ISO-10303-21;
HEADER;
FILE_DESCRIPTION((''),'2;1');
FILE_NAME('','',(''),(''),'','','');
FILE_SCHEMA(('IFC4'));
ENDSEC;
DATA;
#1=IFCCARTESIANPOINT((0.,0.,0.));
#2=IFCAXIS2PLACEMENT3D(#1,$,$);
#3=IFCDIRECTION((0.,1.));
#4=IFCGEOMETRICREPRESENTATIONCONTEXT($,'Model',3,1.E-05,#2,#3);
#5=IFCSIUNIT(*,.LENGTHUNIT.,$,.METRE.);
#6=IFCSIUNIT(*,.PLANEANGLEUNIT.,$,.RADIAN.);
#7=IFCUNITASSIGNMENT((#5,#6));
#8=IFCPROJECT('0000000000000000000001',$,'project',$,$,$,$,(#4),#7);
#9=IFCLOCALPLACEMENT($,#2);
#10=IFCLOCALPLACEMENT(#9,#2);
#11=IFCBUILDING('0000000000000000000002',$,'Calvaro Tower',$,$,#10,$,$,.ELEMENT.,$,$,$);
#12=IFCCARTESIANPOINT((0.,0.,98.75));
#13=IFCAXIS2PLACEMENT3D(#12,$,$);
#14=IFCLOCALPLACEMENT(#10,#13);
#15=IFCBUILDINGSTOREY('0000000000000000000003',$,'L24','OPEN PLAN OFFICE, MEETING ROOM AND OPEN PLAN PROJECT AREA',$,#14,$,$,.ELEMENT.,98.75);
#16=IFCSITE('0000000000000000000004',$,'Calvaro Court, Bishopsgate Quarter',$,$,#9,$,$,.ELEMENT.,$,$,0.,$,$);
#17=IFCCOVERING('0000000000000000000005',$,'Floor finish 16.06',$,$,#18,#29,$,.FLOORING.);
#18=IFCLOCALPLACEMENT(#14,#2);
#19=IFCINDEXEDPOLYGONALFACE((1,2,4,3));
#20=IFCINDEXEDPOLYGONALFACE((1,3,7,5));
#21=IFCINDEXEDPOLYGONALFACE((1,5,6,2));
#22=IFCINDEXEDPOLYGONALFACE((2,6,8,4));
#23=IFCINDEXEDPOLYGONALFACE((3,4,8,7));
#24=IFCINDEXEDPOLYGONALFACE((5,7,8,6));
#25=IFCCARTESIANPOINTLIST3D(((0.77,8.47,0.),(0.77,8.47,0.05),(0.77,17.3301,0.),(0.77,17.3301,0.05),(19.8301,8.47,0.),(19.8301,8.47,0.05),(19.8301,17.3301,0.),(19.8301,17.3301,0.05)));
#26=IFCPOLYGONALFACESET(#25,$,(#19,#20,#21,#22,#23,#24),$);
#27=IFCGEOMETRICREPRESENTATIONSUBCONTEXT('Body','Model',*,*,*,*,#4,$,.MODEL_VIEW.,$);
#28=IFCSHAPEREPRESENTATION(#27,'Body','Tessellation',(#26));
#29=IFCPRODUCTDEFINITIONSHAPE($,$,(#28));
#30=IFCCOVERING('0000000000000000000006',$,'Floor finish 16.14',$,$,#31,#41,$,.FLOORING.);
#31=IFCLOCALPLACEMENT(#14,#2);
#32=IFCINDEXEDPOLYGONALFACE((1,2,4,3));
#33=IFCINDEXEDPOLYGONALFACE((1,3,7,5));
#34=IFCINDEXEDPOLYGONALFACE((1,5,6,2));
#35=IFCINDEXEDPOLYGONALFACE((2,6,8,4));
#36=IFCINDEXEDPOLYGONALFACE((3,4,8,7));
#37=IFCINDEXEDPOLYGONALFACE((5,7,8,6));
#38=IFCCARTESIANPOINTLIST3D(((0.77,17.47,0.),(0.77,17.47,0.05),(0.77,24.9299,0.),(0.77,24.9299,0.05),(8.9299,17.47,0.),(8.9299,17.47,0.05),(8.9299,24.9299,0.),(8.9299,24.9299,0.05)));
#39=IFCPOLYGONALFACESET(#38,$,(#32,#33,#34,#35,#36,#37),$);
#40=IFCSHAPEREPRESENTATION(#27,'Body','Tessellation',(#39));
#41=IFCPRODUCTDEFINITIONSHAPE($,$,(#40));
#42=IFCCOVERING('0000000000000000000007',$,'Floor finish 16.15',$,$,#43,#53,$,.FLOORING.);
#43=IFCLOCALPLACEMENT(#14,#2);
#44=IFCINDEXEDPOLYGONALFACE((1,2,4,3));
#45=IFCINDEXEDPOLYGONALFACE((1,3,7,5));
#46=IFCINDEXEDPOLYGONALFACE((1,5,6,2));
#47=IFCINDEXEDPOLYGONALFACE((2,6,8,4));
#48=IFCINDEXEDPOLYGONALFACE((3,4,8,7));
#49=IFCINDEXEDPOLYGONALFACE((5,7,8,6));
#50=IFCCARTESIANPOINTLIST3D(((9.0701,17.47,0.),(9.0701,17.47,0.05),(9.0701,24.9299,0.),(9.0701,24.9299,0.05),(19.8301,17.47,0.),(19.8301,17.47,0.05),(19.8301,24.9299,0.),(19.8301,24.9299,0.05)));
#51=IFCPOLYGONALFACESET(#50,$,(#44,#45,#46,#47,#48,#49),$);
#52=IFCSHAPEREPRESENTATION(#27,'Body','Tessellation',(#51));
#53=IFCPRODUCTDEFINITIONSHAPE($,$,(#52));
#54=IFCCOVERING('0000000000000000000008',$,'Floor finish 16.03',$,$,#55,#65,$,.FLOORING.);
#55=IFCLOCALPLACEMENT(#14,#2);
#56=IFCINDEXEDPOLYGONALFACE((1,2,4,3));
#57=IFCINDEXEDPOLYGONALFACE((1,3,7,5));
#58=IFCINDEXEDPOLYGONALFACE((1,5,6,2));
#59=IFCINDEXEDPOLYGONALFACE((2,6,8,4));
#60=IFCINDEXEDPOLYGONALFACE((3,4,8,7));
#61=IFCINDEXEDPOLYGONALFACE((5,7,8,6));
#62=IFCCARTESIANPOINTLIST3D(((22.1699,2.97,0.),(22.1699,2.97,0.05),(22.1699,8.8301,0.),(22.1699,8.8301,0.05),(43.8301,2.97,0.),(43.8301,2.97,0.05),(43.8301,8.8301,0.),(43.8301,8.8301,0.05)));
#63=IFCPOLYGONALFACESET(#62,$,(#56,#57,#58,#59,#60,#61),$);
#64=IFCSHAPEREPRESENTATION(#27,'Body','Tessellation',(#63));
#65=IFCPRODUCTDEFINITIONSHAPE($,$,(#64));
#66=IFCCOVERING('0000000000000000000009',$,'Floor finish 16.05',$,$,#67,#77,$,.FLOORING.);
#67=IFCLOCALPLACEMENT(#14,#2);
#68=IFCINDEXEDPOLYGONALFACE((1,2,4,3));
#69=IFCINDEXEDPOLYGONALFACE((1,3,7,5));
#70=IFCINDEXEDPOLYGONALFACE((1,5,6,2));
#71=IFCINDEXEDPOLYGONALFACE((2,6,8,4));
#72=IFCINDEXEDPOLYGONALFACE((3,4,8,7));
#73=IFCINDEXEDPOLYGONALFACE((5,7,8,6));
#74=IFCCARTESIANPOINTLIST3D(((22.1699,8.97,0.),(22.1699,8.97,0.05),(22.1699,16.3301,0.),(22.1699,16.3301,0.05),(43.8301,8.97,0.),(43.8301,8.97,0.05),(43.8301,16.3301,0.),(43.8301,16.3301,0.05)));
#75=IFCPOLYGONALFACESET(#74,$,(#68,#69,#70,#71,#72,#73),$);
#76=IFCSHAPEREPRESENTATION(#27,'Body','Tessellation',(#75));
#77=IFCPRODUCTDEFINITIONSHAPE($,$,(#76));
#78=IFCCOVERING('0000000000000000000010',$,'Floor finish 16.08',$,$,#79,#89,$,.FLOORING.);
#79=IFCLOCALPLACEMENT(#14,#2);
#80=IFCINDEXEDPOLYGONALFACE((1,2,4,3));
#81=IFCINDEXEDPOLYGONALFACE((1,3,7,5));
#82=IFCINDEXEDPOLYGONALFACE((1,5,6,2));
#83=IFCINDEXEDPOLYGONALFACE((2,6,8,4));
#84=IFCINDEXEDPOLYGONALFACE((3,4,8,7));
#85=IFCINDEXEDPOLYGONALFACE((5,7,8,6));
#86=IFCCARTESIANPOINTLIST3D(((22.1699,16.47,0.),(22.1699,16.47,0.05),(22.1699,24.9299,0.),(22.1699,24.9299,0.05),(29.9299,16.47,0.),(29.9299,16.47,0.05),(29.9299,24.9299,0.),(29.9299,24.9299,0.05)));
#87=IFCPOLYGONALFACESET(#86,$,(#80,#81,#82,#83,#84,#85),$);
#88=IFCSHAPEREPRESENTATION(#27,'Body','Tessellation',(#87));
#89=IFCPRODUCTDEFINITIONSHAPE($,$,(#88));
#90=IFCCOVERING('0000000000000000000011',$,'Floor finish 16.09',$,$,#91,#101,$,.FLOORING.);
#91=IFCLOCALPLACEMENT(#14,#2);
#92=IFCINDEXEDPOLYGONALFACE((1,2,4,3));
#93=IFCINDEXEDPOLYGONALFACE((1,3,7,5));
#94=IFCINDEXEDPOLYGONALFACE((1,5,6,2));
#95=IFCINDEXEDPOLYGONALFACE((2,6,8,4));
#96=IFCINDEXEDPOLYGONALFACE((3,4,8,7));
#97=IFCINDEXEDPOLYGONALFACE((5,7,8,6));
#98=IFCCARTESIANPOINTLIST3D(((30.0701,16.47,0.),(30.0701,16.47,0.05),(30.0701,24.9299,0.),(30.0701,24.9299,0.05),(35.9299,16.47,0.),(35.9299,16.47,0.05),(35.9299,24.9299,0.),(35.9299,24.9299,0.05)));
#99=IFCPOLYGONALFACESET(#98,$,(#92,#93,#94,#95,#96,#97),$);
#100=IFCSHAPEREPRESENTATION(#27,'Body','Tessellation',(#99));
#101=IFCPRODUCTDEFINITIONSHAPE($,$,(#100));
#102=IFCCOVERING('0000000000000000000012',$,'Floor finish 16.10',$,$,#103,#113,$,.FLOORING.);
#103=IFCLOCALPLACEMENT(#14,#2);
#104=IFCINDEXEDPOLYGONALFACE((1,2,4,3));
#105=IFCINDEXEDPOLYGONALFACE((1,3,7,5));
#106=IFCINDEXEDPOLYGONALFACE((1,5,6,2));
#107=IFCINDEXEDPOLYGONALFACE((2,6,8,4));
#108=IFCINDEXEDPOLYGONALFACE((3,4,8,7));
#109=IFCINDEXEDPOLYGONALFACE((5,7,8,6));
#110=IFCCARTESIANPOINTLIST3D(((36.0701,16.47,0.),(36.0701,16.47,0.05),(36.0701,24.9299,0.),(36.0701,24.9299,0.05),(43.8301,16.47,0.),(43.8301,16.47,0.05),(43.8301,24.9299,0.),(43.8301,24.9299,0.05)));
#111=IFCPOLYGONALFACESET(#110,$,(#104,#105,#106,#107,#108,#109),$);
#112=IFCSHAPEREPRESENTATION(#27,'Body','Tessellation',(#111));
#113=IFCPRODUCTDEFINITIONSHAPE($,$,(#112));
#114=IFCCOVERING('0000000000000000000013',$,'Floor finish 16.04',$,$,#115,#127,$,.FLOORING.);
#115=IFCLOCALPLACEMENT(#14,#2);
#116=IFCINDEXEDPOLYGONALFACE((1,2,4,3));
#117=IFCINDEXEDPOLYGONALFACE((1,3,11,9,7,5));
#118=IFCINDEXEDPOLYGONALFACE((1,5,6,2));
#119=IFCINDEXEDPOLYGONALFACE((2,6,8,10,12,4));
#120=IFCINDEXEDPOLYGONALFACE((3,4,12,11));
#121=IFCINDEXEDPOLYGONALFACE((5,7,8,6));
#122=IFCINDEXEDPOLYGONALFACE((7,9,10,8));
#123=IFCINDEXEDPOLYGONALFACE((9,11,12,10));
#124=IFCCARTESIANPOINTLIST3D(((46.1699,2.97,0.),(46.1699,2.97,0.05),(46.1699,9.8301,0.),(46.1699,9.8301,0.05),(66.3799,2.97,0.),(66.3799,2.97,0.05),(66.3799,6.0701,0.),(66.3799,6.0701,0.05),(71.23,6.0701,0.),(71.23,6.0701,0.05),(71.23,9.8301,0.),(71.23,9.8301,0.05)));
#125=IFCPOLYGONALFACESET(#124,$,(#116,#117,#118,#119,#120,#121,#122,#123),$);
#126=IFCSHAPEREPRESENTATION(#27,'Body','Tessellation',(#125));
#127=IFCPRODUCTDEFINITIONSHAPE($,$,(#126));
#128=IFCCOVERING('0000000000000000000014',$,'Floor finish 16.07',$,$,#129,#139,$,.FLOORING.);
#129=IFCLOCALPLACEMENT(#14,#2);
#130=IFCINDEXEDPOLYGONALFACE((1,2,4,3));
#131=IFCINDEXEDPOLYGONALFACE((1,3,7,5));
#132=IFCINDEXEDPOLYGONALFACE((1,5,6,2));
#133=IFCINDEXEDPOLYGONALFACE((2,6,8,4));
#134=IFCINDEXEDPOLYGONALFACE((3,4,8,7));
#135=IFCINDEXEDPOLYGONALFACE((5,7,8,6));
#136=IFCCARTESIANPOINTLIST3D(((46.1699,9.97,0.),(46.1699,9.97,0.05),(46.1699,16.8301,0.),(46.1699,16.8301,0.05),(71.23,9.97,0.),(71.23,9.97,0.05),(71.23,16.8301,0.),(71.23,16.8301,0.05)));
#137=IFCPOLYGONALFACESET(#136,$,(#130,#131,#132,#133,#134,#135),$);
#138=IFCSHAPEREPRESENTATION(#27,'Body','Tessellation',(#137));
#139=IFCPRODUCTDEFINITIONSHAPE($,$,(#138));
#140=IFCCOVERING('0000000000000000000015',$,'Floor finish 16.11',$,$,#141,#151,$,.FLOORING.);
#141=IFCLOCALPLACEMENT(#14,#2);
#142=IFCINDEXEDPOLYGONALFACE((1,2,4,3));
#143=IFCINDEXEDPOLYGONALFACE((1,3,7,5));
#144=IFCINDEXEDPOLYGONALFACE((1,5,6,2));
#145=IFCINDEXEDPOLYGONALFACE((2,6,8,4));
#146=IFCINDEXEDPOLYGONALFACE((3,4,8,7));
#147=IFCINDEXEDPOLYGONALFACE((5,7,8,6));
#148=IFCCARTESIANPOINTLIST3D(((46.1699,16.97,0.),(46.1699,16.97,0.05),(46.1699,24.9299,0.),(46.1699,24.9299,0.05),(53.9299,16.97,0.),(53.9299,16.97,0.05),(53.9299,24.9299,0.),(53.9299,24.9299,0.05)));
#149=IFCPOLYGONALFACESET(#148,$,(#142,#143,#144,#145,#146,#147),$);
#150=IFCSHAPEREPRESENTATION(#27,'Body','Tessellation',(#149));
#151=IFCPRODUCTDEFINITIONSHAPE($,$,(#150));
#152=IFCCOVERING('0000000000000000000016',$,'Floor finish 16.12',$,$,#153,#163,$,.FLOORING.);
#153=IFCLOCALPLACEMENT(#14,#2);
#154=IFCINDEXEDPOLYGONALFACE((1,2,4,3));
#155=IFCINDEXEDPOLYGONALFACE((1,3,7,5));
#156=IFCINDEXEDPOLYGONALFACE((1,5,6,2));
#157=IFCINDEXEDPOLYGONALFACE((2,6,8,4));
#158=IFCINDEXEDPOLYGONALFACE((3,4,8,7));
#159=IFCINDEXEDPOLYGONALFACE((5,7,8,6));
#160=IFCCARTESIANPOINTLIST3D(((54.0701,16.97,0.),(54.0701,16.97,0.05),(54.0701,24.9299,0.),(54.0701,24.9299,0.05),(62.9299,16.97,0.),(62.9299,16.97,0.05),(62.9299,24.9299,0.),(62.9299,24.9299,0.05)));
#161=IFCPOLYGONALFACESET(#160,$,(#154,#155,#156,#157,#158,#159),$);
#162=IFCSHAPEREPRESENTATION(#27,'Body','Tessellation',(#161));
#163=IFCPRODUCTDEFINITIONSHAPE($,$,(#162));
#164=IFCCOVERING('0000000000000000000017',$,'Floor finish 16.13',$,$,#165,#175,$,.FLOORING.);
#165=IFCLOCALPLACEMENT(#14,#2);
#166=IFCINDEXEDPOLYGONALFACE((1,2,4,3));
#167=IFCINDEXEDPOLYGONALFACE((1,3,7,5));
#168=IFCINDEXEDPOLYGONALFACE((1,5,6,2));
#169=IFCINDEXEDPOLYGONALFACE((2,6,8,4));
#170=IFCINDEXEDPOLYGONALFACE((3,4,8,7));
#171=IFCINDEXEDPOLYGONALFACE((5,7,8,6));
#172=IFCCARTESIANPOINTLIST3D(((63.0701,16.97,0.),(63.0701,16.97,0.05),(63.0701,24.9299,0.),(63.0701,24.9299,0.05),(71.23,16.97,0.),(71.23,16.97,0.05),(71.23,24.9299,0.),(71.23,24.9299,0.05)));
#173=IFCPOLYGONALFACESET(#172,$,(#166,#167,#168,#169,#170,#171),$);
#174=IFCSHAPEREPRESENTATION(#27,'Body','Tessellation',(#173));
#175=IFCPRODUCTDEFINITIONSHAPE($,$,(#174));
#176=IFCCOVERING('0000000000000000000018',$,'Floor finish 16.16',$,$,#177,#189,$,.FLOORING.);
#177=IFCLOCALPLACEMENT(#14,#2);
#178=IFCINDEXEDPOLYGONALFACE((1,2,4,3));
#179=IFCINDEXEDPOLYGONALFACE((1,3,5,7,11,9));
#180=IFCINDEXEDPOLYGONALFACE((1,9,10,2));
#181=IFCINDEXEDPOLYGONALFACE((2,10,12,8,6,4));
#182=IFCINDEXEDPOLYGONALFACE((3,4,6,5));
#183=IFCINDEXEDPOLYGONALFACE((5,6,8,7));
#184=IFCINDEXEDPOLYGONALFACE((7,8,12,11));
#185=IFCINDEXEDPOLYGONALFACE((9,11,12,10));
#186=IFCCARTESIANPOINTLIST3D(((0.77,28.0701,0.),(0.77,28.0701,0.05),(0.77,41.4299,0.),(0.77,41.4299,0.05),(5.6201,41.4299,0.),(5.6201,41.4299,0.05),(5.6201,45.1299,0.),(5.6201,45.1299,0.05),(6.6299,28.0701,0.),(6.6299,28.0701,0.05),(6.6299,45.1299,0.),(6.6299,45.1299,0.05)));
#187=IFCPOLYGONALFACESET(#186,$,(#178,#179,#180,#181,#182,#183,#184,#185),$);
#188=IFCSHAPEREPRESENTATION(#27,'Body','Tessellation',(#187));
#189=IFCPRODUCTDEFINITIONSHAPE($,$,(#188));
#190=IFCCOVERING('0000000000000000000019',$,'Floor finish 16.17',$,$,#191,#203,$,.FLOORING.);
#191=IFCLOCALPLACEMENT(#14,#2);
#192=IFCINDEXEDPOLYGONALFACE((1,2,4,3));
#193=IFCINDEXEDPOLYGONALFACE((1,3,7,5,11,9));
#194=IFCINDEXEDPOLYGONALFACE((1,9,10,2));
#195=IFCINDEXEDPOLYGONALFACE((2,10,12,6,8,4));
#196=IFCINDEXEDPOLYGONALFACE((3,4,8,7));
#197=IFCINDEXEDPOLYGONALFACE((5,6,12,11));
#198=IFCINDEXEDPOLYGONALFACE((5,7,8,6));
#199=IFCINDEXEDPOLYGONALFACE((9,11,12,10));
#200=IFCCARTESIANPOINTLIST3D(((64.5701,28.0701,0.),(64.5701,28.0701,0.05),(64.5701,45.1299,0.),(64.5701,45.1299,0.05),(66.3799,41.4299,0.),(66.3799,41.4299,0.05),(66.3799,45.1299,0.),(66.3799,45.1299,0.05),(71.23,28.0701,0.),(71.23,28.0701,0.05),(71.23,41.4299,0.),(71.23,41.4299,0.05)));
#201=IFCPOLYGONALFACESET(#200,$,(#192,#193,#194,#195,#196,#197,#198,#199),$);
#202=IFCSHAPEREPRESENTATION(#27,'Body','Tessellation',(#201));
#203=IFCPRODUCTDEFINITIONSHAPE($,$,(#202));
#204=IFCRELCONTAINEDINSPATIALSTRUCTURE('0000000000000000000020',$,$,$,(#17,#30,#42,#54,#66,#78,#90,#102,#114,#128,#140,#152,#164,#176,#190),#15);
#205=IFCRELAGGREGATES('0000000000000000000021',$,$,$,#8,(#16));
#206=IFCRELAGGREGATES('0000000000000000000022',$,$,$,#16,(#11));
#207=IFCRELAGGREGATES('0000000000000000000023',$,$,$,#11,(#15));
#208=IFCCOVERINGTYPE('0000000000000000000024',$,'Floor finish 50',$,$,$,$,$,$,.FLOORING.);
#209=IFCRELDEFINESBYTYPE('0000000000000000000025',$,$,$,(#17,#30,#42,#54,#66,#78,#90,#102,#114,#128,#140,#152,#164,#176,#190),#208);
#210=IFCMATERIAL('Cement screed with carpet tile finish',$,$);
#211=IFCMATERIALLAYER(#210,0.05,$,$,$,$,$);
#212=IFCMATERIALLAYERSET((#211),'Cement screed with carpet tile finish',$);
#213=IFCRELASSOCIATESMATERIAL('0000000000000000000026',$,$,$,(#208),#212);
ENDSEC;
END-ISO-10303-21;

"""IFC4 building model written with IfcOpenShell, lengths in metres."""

from ifc_helpers import new_model, si_unit, direction, frame, origin, place, context, subcontext, project, spatial, polyline, outline, extrude, material, layer, layer_set, type_object, element, save


model = new_model("IFC4")

# Units and contexts
model_context = context("Model", 3, precision=1e-05, world=origin(), true_north=direction((0.0, 1.0)))
body_context = subcontext(model_context, "Body", "Model", "MODEL_VIEW")
ifc_project = project(units=[si_unit("LENGTHUNIT", "METRE"), si_unit("PLANEANGLEUNIT", "RADIAN")], contexts=[model_context])

# Site, building, storey
site_placement = place(None, origin())
site = spatial("IfcSite", under=ifc_project, at=site_placement, Name="Calvaro Court, Bishopsgate Quarter", CompositionType="ELEMENT", RefElevation=0.0)
building_placement = place(site_placement, origin())
building = spatial("IfcBuilding", under=site, at=building_placement, Name="Calvaro Tower", CompositionType="ELEMENT")
storey_placement = place(building_placement, frame((0.0, 0.0, 98.75)))
storey = spatial("IfcBuildingStorey", under=building, at=storey_placement, Name="L24", Description="OPEN PLAN OFFICE, MEETING ROOM AND OPEN PLAN PROJECT AREA", CompositionType="ELEMENT", Elevation=98.75)

# Coverings
ifc_material_1 = material(Name="Cement screed with carpet tile finish")
ifc_layer_1 = layer(ifc_material_1, 0.05)
ifc_layer_set_1 = layer_set([ifc_layer_1], Name="Cement screed with carpet tile finish")
covering_type = type_object("IfcCoveringType", Name="Floor finish 50", PredefinedType="FLOORING", material=ifc_layer_set_1)
covering_1_placement = place(storey_placement, origin())
element("IfcCovering", 1, at=covering_1_placement, inside=storey, type_object=covering_type, Name="Floor finish 16.06", PredefinedType="FLOORING", context=body_context, shape_type="SweptSolid", body=[
    extrude(outline(polyline([(19.8301, 17.3301), (19.8301, 8.47), (0.77, 8.47), (0.77, 17.3301), (19.8301, 17.3301)])), origin(), (0.0, 0.0, 1.0), 0.05),
])
covering_2_placement = place(storey_placement, origin())
element("IfcCovering", 2, at=covering_2_placement, inside=storey, type_object=covering_type, Name="Floor finish 16.14", PredefinedType="FLOORING", context=body_context, shape_type="SweptSolid", body=[
    extrude(outline(polyline([(8.9299, 24.9299), (8.9299, 17.47), (0.77, 17.47), (0.77, 24.9299), (8.9299, 24.9299)])), origin(), (0.0, 0.0, 1.0), 0.05),
])
covering_3_placement = place(storey_placement, origin())
element("IfcCovering", 3, at=covering_3_placement, inside=storey, type_object=covering_type, Name="Floor finish 16.15", PredefinedType="FLOORING", context=body_context, shape_type="SweptSolid", body=[
    extrude(outline(polyline([(9.0701, 17.47), (9.0701, 24.9299), (19.8301, 24.9299), (19.8301, 17.47), (9.0701, 17.47)])), origin(), (0.0, 0.0, 1.0), 0.05),
])
covering_4_placement = place(storey_placement, origin())
element("IfcCovering", 4, at=covering_4_placement, inside=storey, type_object=covering_type, Name="Floor finish 16.03", PredefinedType="FLOORING", context=body_context, shape_type="SweptSolid", body=[
    extrude(outline(polyline([(22.1699, 8.8301), (43.8301, 8.8301), (43.8301, 2.97), (22.1699, 2.97), (22.1699, 8.8301)])), origin(), (0.0, 0.0, 1.0), 0.05),
])
covering_5_placement = place(storey_placement, origin())
element("IfcCovering", 5, at=covering_5_placement, inside=storey, type_object=covering_type, Name="Floor finish 16.05", PredefinedType="FLOORING", context=body_context, shape_type="SweptSolid", body=[
    extrude(outline(polyline([(22.1699, 8.97), (22.1699, 16.3301), (43.8301, 16.3301), (43.8301, 8.97), (22.1699, 8.97)])), origin(), (0.0, 0.0, 1.0), 0.05),
])
covering_6_placement = place(storey_placement, origin())
element("IfcCovering", 6, at=covering_6_placement, inside=storey, type_object=covering_type, Name="Floor finish 16.08", PredefinedType="FLOORING", context=body_context, shape_type="SweptSolid", body=[
    extrude(outline(polyline([(22.1699, 16.47), (22.1699, 24.9299), (29.9299, 24.9299), (29.9299, 16.47), (22.1699, 16.47)])), origin(), (0.0, 0.0, 1.0), 0.05),
])
covering_7_placement = place(storey_placement, origin())
element("IfcCovering", 7, at=covering_7_placement, inside=storey, type_object=covering_type, Name="Floor finish 16.09", PredefinedType="FLOORING", context=body_context, shape_type="SweptSolid", body=[
    extrude(outline(polyline([(30.0701, 16.47), (30.0701, 24.9299), (35.9299, 24.9299), (35.9299, 16.47), (30.0701, 16.47)])), origin(), (0.0, 0.0, 1.0), 0.05),
])
covering_8_placement = place(storey_placement, origin())
element("IfcCovering", 8, at=covering_8_placement, inside=storey, type_object=covering_type, Name="Floor finish 16.10", PredefinedType="FLOORING", context=body_context, shape_type="SweptSolid", body=[
    extrude(outline(polyline([(36.0701, 16.47), (36.0701, 24.9299), (43.8301, 24.9299), (43.8301, 16.47), (36.0701, 16.47)])), origin(), (0.0, 0.0, 1.0), 0.05),
])
covering_9_placement = place(storey_placement, origin())
element("IfcCovering", 9, at=covering_9_placement, inside=storey, type_object=covering_type, Name="Floor finish 16.04", PredefinedType="FLOORING", context=body_context, shape_type="SweptSolid", body=[
    extrude(outline(polyline([(71.23, 6.0701), (66.3799, 6.0701), (66.3799, 2.97), (46.1699, 2.97), (46.1699, 9.8301), (71.23, 9.8301), (71.23, 6.0701)])), origin(), (0.0, 0.0, 1.0), 0.05),
])
covering_10_placement = place(storey_placement, origin())
element("IfcCovering", 10, at=covering_10_placement, inside=storey, type_object=covering_type, Name="Floor finish 16.07", PredefinedType="FLOORING", context=body_context, shape_type="SweptSolid", body=[
    extrude(outline(polyline([(71.23, 9.97), (46.1699, 9.97), (46.1699, 16.8301), (71.23, 16.8301), (71.23, 9.97)])), origin(), (0.0, 0.0, 1.0), 0.05),
])
covering_11_placement = place(storey_placement, origin())
element("IfcCovering", 11, at=covering_11_placement, inside=storey, type_object=covering_type, Name="Floor finish 16.11", PredefinedType="FLOORING", context=body_context, shape_type="SweptSolid", body=[
    extrude(outline(polyline([(46.1699, 16.97), (46.1699, 24.9299), (53.9299, 24.9299), (53.9299, 16.97), (46.1699, 16.97)])), origin(), (0.0, 0.0, 1.0), 0.05),
])
covering_12_placement = place(storey_placement, origin())
element("IfcCovering", 12, at=covering_12_placement, inside=storey, type_object=covering_type, Name="Floor finish 16.12", PredefinedType="FLOORING", context=body_context, shape_type="SweptSolid", body=[
    extrude(outline(polyline([(54.0701, 16.97), (54.0701, 24.9299), (62.9299, 24.9299), (62.9299, 16.97), (54.0701, 16.97)])), origin(), (0.0, 0.0, 1.0), 0.05),
])
covering_13_placement = place(storey_placement, origin())
element("IfcCovering", 13, at=covering_13_placement, inside=storey, type_object=covering_type, Name="Floor finish 16.13", PredefinedType="FLOORING", context=body_context, shape_type="SweptSolid", body=[
    extrude(outline(polyline([(71.23, 16.97), (63.0701, 16.97), (63.0701, 24.9299), (71.23, 24.9299), (71.23, 16.97)])), origin(), (0.0, 0.0, 1.0), 0.05),
])
covering_14_placement = place(storey_placement, origin())
element("IfcCovering", 14, at=covering_14_placement, inside=storey, type_object=covering_type, Name="Floor finish 16.16", PredefinedType="FLOORING", context=body_context, shape_type="SweptSolid", body=[
    extrude(outline(polyline([(6.6299, 28.0701), (0.77, 28.0701), (0.77, 41.4299), (5.6201, 41.4299), (5.6201, 45.1299), (6.6299, 45.1299), (6.6299, 28.0701)])), origin(), (0.0, 0.0, 1.0), 0.05),
])
covering_15_placement = place(storey_placement, origin())
element("IfcCovering", 15, at=covering_15_placement, inside=storey, type_object=covering_type, Name="Floor finish 16.17", PredefinedType="FLOORING", context=body_context, shape_type="SweptSolid", body=[
    extrude(outline(polyline([(71.23, 28.0701), (64.5701, 28.0701), (64.5701, 45.1299), (66.3799, 45.1299), (66.3799, 41.4299), (71.23, 41.4299), (71.23, 28.0701)])), origin(), (0.0, 0.0, 1.0), 0.05),
])

save(model, "model.ifc")
